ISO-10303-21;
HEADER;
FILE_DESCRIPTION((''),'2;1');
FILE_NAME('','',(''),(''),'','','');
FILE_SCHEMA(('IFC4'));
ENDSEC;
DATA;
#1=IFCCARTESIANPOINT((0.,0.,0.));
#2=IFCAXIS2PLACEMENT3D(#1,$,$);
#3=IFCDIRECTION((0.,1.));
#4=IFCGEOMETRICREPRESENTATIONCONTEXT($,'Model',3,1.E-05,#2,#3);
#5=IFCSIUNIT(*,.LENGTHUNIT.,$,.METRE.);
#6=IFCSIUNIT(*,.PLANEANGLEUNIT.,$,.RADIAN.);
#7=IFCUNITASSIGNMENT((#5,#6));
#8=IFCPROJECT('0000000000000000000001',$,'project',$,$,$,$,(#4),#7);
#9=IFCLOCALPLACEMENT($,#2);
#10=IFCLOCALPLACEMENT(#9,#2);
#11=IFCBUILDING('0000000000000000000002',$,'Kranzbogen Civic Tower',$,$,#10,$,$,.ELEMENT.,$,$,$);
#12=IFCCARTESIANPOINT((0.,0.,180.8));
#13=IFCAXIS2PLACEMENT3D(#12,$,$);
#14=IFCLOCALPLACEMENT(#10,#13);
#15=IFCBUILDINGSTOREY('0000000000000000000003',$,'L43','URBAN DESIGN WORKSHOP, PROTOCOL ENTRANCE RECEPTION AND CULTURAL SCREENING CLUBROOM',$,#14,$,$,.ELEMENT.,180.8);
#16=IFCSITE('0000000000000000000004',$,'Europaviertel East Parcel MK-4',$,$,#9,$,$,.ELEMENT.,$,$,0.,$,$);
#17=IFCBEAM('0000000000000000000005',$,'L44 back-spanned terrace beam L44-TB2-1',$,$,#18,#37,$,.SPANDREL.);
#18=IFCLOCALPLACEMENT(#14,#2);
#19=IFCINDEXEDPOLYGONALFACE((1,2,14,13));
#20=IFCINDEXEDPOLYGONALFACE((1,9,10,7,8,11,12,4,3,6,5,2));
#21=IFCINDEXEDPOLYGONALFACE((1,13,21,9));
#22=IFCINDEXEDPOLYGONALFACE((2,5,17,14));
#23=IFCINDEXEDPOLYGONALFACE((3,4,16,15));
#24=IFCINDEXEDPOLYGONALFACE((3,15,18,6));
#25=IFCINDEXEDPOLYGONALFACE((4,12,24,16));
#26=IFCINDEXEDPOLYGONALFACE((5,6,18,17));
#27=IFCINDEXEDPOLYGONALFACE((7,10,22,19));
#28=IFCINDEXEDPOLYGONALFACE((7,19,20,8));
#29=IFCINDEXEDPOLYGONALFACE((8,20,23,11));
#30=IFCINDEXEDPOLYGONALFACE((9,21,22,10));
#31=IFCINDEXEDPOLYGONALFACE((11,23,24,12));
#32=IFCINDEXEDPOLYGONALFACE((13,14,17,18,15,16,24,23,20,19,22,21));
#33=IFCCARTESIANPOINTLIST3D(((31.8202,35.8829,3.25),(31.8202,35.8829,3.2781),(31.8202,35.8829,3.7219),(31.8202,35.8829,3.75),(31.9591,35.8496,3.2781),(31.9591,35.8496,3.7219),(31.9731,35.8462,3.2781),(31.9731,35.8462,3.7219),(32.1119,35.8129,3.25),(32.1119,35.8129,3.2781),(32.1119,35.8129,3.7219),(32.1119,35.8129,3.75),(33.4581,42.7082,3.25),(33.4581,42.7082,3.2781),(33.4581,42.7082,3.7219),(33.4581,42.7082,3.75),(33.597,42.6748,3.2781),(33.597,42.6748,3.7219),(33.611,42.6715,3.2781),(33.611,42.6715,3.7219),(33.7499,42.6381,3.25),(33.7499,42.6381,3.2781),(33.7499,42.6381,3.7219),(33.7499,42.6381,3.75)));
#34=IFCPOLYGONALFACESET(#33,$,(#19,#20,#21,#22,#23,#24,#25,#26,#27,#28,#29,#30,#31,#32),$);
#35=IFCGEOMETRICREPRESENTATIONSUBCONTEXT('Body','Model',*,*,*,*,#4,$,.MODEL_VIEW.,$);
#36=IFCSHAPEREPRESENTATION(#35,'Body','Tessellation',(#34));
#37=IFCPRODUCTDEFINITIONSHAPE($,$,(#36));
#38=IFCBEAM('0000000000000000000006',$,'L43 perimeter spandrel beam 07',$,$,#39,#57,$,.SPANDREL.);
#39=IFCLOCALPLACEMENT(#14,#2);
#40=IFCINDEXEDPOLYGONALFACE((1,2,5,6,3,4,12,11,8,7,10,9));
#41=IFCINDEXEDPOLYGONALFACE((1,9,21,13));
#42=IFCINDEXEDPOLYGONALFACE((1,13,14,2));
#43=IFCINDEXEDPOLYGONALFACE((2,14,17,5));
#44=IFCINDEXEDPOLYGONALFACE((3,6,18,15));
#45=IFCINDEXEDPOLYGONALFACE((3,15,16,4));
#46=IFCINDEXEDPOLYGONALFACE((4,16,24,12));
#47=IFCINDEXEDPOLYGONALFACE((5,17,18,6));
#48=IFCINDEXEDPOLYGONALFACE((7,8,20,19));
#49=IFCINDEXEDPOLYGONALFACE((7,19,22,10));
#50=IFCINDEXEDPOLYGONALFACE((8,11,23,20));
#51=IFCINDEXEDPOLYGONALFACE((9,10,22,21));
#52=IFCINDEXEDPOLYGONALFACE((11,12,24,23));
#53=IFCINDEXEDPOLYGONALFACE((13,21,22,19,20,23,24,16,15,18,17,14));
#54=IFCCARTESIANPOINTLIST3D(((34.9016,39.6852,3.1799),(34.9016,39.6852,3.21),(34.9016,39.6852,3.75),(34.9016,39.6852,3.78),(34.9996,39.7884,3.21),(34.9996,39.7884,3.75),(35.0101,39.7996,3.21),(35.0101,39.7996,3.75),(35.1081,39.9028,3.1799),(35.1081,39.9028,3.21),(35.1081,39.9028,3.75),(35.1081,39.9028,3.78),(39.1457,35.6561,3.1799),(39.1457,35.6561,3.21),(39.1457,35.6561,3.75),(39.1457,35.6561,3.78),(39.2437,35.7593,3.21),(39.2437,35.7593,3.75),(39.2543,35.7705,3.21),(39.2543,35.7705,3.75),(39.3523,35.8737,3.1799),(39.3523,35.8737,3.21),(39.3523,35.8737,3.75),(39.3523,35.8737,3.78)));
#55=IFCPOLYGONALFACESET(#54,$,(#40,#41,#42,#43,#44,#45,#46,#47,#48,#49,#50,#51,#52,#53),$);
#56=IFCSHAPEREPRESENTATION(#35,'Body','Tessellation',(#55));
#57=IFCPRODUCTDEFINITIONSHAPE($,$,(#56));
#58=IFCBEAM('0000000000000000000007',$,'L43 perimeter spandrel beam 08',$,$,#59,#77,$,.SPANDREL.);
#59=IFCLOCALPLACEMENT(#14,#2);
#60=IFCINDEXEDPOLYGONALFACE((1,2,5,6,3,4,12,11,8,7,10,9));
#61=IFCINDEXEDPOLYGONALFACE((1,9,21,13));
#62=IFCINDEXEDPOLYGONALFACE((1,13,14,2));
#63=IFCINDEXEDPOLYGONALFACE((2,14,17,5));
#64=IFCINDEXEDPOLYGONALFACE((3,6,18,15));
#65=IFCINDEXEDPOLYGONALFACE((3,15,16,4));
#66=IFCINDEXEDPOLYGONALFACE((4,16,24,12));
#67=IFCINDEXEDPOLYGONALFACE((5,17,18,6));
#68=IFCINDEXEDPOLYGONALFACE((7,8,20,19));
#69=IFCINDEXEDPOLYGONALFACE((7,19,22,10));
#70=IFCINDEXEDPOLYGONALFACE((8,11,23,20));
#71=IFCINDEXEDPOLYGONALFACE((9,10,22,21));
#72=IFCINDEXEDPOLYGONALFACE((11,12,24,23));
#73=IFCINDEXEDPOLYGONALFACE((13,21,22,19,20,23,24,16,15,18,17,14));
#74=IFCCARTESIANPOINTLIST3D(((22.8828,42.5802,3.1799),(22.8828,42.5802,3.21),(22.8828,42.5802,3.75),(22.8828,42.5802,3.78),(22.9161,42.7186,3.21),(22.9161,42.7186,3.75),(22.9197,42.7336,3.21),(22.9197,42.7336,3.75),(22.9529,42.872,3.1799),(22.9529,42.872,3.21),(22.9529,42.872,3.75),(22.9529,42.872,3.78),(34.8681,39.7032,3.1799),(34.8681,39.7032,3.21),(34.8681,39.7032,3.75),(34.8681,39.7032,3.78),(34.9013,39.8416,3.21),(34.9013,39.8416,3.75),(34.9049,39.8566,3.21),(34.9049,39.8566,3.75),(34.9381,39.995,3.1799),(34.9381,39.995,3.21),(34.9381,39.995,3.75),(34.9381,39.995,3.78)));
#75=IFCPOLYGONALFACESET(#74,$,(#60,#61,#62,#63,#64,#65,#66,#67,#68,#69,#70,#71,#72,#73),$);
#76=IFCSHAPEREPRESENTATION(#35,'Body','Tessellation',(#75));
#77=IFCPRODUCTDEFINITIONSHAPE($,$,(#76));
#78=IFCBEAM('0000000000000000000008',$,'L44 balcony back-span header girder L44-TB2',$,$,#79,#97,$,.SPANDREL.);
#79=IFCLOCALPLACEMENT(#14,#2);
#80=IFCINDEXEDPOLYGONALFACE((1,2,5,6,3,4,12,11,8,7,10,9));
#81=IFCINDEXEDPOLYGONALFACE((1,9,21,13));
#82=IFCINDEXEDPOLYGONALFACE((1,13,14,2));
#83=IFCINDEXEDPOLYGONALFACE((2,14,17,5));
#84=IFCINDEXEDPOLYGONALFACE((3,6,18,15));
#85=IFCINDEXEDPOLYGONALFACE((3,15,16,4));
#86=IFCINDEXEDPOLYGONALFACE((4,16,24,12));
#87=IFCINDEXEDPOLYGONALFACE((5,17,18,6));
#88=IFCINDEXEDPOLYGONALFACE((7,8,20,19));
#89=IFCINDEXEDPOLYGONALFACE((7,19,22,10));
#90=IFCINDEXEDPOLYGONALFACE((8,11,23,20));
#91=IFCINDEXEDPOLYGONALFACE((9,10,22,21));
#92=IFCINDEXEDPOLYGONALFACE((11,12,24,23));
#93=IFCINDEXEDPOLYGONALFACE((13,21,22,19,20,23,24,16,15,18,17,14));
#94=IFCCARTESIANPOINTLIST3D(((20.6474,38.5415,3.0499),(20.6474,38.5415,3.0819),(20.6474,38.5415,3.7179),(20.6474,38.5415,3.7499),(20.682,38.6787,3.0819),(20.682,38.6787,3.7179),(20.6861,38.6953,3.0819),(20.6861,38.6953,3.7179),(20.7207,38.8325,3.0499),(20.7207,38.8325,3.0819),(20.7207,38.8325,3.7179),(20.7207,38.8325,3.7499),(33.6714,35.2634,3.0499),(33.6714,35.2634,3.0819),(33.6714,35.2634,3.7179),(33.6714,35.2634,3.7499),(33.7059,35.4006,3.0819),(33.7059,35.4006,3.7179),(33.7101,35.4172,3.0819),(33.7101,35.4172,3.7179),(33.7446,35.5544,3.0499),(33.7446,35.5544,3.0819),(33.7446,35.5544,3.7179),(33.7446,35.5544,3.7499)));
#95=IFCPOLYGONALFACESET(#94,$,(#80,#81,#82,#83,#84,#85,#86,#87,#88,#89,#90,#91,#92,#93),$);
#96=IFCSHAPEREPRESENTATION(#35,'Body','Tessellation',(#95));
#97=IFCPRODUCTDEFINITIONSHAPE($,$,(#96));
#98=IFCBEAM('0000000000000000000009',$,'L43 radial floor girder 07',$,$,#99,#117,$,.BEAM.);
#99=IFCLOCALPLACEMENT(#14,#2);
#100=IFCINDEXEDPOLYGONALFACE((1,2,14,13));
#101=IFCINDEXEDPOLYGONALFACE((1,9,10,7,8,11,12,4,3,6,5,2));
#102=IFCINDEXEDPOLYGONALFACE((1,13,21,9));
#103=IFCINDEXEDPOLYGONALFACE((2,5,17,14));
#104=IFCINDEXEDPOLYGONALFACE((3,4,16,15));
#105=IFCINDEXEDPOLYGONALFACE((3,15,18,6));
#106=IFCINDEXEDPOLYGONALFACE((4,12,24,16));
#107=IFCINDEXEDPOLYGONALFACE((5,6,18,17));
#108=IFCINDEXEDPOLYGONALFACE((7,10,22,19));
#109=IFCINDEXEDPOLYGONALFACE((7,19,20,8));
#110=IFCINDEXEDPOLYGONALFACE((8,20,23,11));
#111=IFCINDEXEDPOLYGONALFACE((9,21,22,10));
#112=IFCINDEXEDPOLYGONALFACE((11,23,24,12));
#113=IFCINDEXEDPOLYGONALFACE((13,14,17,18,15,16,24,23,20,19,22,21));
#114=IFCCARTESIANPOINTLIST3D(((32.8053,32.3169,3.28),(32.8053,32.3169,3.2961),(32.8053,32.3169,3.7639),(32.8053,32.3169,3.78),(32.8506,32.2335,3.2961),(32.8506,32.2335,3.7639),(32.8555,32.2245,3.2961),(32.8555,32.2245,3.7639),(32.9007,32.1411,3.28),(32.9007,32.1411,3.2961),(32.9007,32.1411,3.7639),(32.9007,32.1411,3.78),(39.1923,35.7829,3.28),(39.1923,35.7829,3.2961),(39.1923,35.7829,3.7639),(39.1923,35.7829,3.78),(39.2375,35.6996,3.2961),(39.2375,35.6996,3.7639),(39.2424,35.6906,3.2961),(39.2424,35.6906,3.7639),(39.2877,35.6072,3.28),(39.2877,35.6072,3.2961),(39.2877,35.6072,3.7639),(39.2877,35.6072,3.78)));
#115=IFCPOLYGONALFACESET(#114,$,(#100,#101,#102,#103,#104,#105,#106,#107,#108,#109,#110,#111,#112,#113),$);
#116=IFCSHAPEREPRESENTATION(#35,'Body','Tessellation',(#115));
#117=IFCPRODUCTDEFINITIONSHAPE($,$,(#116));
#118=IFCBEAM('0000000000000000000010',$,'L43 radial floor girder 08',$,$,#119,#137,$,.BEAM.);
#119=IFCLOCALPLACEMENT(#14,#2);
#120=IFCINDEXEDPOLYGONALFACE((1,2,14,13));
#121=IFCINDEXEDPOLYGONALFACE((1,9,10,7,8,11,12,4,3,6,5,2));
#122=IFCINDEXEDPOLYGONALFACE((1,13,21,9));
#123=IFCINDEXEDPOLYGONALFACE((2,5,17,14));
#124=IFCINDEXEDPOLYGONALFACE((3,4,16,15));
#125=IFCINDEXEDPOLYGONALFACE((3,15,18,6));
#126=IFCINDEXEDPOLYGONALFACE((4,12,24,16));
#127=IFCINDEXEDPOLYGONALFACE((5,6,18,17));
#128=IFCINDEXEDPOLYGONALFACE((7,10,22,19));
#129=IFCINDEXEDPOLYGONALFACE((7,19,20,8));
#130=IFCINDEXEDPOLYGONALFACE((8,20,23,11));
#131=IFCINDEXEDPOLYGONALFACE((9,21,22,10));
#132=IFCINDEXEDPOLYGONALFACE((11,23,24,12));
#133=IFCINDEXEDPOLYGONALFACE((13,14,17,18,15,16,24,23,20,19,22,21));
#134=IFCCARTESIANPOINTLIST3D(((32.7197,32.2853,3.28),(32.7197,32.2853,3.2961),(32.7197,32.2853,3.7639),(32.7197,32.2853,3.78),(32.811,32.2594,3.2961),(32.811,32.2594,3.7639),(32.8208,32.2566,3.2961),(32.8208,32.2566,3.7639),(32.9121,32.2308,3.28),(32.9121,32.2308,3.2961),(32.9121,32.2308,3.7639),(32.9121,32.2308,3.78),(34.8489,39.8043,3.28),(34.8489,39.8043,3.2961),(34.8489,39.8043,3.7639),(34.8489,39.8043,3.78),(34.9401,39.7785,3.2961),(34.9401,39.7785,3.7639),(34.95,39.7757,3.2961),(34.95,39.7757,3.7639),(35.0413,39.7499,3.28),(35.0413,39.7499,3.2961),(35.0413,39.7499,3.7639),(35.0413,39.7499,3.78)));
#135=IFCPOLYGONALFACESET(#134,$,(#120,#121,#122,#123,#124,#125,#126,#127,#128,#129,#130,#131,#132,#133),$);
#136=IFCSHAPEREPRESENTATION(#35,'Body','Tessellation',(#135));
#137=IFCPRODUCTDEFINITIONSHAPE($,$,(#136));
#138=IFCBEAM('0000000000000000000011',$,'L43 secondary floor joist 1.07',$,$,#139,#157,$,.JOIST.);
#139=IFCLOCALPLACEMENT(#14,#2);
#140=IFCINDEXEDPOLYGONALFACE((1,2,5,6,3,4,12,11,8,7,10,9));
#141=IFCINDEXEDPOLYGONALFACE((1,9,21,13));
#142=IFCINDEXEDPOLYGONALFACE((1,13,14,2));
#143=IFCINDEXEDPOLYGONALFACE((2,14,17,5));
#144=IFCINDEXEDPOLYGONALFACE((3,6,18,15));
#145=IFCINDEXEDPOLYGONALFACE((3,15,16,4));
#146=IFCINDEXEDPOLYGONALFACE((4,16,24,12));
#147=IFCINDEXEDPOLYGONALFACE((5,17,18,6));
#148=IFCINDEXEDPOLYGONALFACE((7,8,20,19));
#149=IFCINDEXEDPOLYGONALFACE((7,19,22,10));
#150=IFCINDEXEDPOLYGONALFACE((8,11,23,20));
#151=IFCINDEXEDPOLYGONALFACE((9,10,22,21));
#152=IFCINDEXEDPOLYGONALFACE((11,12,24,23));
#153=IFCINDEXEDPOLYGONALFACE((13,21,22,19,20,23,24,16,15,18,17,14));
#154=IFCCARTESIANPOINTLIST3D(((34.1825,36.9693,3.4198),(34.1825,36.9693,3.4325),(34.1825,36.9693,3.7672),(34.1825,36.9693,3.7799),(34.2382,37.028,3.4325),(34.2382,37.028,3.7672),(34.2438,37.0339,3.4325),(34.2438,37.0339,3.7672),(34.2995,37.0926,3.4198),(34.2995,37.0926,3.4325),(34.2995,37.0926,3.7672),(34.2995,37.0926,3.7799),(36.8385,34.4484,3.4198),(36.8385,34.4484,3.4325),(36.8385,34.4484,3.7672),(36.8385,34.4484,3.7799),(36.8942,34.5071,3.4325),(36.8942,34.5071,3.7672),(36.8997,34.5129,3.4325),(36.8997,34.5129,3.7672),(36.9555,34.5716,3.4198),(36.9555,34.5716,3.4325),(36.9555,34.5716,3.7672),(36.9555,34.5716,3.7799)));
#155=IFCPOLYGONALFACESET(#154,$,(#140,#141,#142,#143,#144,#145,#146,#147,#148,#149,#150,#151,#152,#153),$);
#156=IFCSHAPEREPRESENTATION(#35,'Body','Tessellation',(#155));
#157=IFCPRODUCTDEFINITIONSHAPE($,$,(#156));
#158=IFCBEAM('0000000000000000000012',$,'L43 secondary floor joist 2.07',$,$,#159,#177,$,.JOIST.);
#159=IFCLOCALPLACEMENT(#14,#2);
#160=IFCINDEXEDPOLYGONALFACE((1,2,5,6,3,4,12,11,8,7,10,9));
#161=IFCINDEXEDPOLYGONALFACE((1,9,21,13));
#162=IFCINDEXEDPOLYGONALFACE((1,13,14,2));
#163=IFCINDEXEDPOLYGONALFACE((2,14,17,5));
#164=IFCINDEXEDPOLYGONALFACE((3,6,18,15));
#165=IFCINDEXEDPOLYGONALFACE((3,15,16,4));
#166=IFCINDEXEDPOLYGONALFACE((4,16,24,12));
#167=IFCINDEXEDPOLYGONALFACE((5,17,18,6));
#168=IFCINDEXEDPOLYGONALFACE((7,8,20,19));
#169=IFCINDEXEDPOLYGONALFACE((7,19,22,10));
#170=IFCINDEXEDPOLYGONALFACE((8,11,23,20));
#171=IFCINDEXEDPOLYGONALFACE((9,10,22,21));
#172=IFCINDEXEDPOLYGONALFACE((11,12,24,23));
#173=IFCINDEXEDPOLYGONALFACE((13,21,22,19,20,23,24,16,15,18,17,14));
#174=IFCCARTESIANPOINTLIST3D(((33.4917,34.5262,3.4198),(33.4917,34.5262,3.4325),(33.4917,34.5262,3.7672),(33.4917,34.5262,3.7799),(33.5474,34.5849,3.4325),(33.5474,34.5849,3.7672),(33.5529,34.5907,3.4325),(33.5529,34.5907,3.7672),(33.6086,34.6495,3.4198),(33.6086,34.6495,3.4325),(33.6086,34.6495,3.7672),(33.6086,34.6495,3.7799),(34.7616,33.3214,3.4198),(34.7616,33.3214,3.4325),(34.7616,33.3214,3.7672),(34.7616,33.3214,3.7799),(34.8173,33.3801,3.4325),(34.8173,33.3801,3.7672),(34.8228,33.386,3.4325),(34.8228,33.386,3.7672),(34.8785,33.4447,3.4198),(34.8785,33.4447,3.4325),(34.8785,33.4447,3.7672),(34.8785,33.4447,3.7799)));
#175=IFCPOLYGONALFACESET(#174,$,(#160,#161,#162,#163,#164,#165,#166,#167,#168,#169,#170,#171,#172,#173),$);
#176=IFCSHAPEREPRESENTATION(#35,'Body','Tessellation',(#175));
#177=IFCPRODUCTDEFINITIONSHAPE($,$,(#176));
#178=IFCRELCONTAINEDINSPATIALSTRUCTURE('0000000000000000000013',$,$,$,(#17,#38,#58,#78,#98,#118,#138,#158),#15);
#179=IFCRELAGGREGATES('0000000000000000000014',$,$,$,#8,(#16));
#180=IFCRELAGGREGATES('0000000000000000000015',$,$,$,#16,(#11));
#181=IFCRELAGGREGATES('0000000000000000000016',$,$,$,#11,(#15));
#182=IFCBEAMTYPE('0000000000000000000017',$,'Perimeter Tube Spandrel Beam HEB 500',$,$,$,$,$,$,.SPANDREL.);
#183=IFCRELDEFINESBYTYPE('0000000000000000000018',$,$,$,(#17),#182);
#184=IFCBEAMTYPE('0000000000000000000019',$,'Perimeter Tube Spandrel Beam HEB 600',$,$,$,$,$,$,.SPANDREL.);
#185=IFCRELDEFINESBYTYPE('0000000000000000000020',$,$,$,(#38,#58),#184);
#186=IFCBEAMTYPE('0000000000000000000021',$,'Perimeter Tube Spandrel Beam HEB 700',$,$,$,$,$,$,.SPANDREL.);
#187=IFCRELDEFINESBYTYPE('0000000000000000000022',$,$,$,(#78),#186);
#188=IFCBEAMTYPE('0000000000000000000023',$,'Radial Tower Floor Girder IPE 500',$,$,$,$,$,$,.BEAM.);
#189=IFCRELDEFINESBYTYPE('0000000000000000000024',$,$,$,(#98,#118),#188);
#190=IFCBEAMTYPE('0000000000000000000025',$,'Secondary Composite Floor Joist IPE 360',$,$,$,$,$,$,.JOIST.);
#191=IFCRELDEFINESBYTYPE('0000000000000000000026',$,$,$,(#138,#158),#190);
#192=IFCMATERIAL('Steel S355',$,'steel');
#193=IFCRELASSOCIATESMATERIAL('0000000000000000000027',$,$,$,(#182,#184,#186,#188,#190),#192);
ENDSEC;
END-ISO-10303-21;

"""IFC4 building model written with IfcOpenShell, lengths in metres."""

from ifc_helpers import new_model, si_unit, direction, frame, origin, origin_2d, place, context, subcontext, project, spatial, i_section, extrude, material, material_profile, profile_set, type_object, element, save


model = new_model("IFC4")

# Units and contexts
model_context = context("Model", 3, precision=1e-05, world=origin(), true_north=direction((0.0, 1.0)))
body_context = subcontext(model_context, "Body", "Model", "MODEL_VIEW")
ifc_project = project(units=[si_unit("LENGTHUNIT", "METRE"), si_unit("PLANEANGLEUNIT", "RADIAN")], contexts=[model_context])

# Site, building, storey
site_placement = place(None, origin())
site = spatial("IfcSite", under=ifc_project, at=site_placement, Name="Europaviertel East Parcel MK-4", CompositionType="ELEMENT", RefElevation=0.0)
building_placement = place(site_placement, origin())
building = spatial("IfcBuilding", under=site, at=building_placement, Name="Kranzbogen Civic Tower", CompositionType="ELEMENT")
storey_placement = place(building_placement, frame((0.0, 0.0, 180.8)))
storey = spatial("IfcBuildingStorey", under=building, at=storey_placement, Name="L43", Description="URBAN DESIGN WORKSHOP, PROTOCOL ENTRANCE RECEPTION AND CULTURAL SCREENING CLUBROOM", CompositionType="ELEMENT", Elevation=180.8)

# Shared definitions
ifc_material_1 = material(Name="Steel S355", Category="steel")

# Beams
ifc_material_profile_1 = material_profile(ifc_material_1, i_section(OverallWidth=0.3, OverallDepth=0.5, WebThickness=0.0144, FlangeThickness=0.0281, at=origin_2d()), Name="HEB 500")
ifc_profile_set_1 = profile_set([ifc_material_profile_1], Name="Steel S355")
beam_type_1 = type_object("IfcBeamType", Name="Perimeter Tube Spandrel Beam HEB 500", PredefinedType="SPANDREL", material=ifc_profile_set_1)
beam_1_placement = place(storey_placement, frame((31.9661, 35.8479, 3.5), z_axis=(0.233358, 0.972391, 0.0), x_axis=(-0.972391, 0.233358, 0.0)))
element("IfcBeam", 1, at=beam_1_placement, inside=storey, type_object=beam_type_1, Name="L44 back-spanned terrace beam L44-TB2-1", PredefinedType="SPANDREL", context=body_context, shape_type="SweptSolid", body=[
    extrude(i_section(OverallWidth=0.3, OverallDepth=0.5, WebThickness=0.0144, FlangeThickness=0.0281, at=origin_2d()), origin(), (0.0, 0.0, 1.0), 7.019),
])
ifc_material_profile_2 = material_profile(ifc_material_1, i_section(OverallWidth=0.3, OverallDepth=0.6001, WebThickness=0.0154, FlangeThickness=0.03, at=origin_2d()), Name="HEB 600")
ifc_profile_set_2 = profile_set([ifc_material_profile_2], Name="Steel S355")
beam_type_2 = type_object("IfcBeamType", Name="Perimeter Tube Spandrel Beam HEB 600", PredefinedType="SPANDREL", material=ifc_profile_set_2)
beam_2_placement = place(storey_placement, frame((39.249, 35.7649, 3.48), z_axis=(-0.725245, 0.688491, 0.0), x_axis=(-0.688491, -0.725245, 0.0)))
element("IfcBeam", 2, at=beam_2_placement, inside=storey, type_object=beam_type_2, Name="L43 perimeter spandrel beam 07", PredefinedType="SPANDREL", context=body_context, shape_type="SweptSolid", body=[
    extrude(i_section(OverallWidth=0.3, OverallDepth=0.6001, WebThickness=0.0154, FlangeThickness=0.03, at=origin_2d()), origin(), (0.0, 0.0, 1.0), 5.8521),
])
beam_3_placement = place(storey_placement, frame((34.9031, 39.8491, 3.48), z_axis=(-0.972378, 0.233413, 0.0), x_axis=(-0.233413, -0.972378, 0.0)))
element("IfcBeam", 3, at=beam_3_placement, inside=storey, type_object=beam_type_2, Name="L43 perimeter spandrel beam 08", PredefinedType="SPANDREL", context=body_context, shape_type="SweptSolid", body=[
    extrude(i_section(OverallWidth=0.3, OverallDepth=0.6001, WebThickness=0.0154, FlangeThickness=0.03, at=origin_2d()), origin(), (0.0, 0.0, 1.0), 12.3257),
])
ifc_material_profile_3 = material_profile(ifc_material_1, i_section(OverallWidth=0.3, OverallDepth=0.7, WebThickness=0.0171, FlangeThickness=0.032, at=origin_2d()), Name="HEB 700")
ifc_profile_set_3 = profile_set([ifc_material_profile_3], Name="Steel S355")
beam_type_3 = type_object("IfcBeamType", Name="Perimeter Tube Spandrel Beam HEB 700", PredefinedType="SPANDREL", material=ifc_profile_set_3)
beam_4_placement = place(storey_placement, frame((33.708, 35.4089, 3.3999), z_axis=(-0.969754, 0.244084, 0.0), x_axis=(-0.244084, -0.969754, 0.0)))
element("IfcBeam", 4, at=beam_4_placement, inside=storey, type_object=beam_type_3, Name="L44 balcony back-span header girder L44-TB2", PredefinedType="SPANDREL", context=body_context, shape_type="SweptSolid", body=[
    extrude(i_section(OverallWidth=0.3, OverallDepth=0.7, WebThickness=0.0171, FlangeThickness=0.032, at=origin_2d()), origin(), (0.0, 0.0, 1.0), 13.4302),
])
ifc_material_profile_4 = material_profile(ifc_material_1, i_section(OverallWidth=0.2, OverallDepth=0.5, WebThickness=0.0103, FlangeThickness=0.0161, at=origin_2d()), Name="IPE 500")
ifc_profile_set_4 = profile_set([ifc_material_profile_4], Name="Steel S355")
beam_type_4 = type_object("IfcBeamType", Name="Radial Tower Floor Girder IPE 500", PredefinedType="BEAM", material=ifc_profile_set_4)
beam_5_placement = place(storey_placement, frame((39.24, 35.6951, 3.53), z_axis=(-0.878919, -0.47697, 0.0), x_axis=(0.47697, -0.878919, 0.0)))
element("IfcBeam", 5, at=beam_5_placement, inside=storey, type_object=beam_type_4, Name="L43 radial floor girder 07", PredefinedType="BEAM", context=body_context, shape_type="SweptSolid", body=[
    extrude(i_section(OverallWidth=0.2, OverallDepth=0.5, WebThickness=0.0103, FlangeThickness=0.0161, at=origin_2d()), origin(), (0.0, 0.0, 1.0), 7.2668),
])
beam_6_placement = place(storey_placement, frame((34.9451, 39.7771, 3.53), z_axis=(-0.272455, -0.962169, 0.0), x_axis=(0.962169, -0.272455, 0.0)))
element("IfcBeam", 6, at=beam_6_placement, inside=storey, type_object=beam_type_4, Name="L43 radial floor girder 08", PredefinedType="BEAM", context=body_context, shape_type="SweptSolid", body=[
    extrude(i_section(OverallWidth=0.2, OverallDepth=0.5, WebThickness=0.0103, FlangeThickness=0.0161, at=origin_2d()), origin(), (0.0, 0.0, 1.0), 7.8147),
])
ifc_material_profile_5 = material_profile(ifc_material_1, i_section(OverallWidth=0.1699, OverallDepth=0.3601, WebThickness=0.0081, FlangeThickness=0.0127, at=origin_2d()), Name="IPE 360")
ifc_profile_set_5 = profile_set([ifc_material_profile_5], Name="Steel S355")
beam_type_5 = type_object("IfcBeamType", Name="Secondary Composite Floor Joist IPE 360", PredefinedType="JOIST", material=ifc_profile_set_5)
beam_7_placement = place(storey_placement, frame((36.897, 34.51, 3.5999), z_axis=(-0.725301, 0.688432, 0.0), x_axis=(-0.688432, -0.725301, 0.0)))
element("IfcBeam", 7, at=beam_7_placement, inside=storey, type_object=beam_type_5, Name="L43 secondary floor joist 1.07", PredefinedType="JOIST", context=body_context, shape_type="SweptSolid", body=[
    extrude(i_section(OverallWidth=0.1699, OverallDepth=0.3601, WebThickness=0.0081, FlangeThickness=0.0127, at=origin_2d()), origin(), (0.0, 0.0, 1.0), 3.6619),
])
beam_8_placement = place(storey_placement, frame((34.8201, 33.3831, 3.5999), z_axis=(-0.72548, 0.688243, 0.0), x_axis=(-0.688243, -0.72548, 0.0)))
element("IfcBeam", 8, at=beam_8_placement, inside=storey, type_object=beam_type_5, Name="L43 secondary floor joist 2.07", PredefinedType="JOIST", context=body_context, shape_type="SweptSolid", body=[
    extrude(i_section(OverallWidth=0.1699, OverallDepth=0.3601, WebThickness=0.0081, FlangeThickness=0.0127, at=origin_2d()), origin(), (0.0, 0.0, 1.0), 1.7505),
])

save(model, "model.ifc")
